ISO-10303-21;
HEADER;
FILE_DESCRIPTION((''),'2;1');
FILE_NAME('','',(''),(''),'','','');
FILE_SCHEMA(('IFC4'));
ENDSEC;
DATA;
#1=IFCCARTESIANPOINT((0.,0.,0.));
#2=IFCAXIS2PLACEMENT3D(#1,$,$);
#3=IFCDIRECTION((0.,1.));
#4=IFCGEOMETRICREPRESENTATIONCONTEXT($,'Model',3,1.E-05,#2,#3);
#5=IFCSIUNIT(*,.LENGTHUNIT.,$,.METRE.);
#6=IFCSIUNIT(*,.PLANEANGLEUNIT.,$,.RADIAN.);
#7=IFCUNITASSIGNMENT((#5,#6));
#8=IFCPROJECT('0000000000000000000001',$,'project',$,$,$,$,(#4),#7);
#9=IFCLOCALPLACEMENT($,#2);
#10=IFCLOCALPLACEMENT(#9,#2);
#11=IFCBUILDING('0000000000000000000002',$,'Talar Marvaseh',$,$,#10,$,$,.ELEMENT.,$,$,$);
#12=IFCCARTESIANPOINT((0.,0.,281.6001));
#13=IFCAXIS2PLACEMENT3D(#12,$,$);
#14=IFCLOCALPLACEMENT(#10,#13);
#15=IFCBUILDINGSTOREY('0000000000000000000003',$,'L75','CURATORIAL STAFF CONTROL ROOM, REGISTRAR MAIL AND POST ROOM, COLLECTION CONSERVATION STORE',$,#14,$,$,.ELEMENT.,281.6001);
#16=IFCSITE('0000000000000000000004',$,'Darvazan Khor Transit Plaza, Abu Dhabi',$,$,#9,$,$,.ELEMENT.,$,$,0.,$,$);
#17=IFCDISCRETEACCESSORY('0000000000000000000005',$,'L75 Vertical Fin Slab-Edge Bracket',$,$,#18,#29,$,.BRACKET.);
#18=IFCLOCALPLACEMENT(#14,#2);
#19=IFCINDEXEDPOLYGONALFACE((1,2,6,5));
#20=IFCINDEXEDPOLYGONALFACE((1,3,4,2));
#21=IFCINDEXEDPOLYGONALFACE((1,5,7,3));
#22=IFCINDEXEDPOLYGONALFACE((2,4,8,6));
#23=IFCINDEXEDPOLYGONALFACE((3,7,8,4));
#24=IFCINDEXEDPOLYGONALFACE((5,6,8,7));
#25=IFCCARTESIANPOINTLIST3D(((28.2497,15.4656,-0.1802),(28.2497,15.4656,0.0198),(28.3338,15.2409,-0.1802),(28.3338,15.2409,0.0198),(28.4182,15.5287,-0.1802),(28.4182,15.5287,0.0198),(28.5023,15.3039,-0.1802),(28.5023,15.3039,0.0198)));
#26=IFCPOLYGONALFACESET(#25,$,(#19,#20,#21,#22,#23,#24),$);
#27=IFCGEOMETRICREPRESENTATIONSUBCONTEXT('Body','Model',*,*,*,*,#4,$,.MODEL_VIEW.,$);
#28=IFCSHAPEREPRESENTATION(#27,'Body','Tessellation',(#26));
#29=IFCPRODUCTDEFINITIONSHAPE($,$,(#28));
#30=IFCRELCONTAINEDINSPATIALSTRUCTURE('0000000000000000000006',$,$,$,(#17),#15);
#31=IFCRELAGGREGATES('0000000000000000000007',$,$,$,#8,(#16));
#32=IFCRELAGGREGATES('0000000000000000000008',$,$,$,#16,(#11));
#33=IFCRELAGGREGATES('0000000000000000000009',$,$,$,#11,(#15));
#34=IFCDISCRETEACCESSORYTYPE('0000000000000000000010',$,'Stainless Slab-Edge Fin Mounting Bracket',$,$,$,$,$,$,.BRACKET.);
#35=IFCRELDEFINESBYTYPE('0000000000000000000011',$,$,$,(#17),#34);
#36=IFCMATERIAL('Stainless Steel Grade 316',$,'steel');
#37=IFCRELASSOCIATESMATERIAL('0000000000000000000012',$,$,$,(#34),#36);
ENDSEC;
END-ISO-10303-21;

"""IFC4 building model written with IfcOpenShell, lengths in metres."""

from ifc_helpers import new_model, si_unit, direction, frame, origin, origin_2d, place, context, subcontext, project, spatial, rectangle, extrude, source, transform, mapped, material, type_object, type_shapes, element, save


model = new_model("IFC4")

# Units and contexts
model_context = context("Model", 3, precision=1e-05, world=origin(), true_north=direction((0.0, 1.0)))
body_context = subcontext(model_context, "Body", "Model", "MODEL_VIEW")
ifc_project = project(units=[si_unit("LENGTHUNIT", "METRE"), si_unit("PLANEANGLEUNIT", "RADIAN")], contexts=[model_context])

# Site, building, storey
site_placement = place(None, origin())
site = spatial("IfcSite", under=ifc_project, at=site_placement, Name="Darvazan Khor Transit Plaza, Abu Dhabi", CompositionType="ELEMENT", RefElevation=0.0)
building_placement = place(site_placement, origin())
building = spatial("IfcBuilding", under=site, at=building_placement, Name="Talar Marvaseh", CompositionType="ELEMENT")
storey_placement = place(building_placement, frame((0.0, 0.0, 281.6001)))
storey = spatial("IfcBuildingStorey", under=building, at=storey_placement, Name="L75", Description="CURATORIAL STAFF CONTROL ROOM, REGISTRAR MAIL AND POST ROOM, COLLECTION CONSERVATION STORE", CompositionType="ELEMENT", Elevation=281.6001)

# Discrete accessory
ifc_material_1 = material(Name="Stainless Steel Grade 316", Category="steel")
discrete_accessory_type = type_object("IfcDiscreteAccessoryType", Name="Stainless Slab-Edge Fin Mounting Bracket", PredefinedType="BRACKET", material=ifc_material_1)
shared_shape_1 = source(origin(), body_context, "Body", "SweptSolid", [
    extrude(rectangle(XDim=0.24, YDim=0.1799, at=origin_2d()), origin(), (0.0, 0.0, 1.0), 0.2),
])
type_shapes(discrete_accessory_type, [shared_shape_1])
for number, where, z_axis, x_axis, name in (
    (1, (28.376, 15.3848, -0.1802), (0.0, 0.0, 1.0), (0.350371, -0.936611, 0.0), "L75 Vertical Fin Slab-Edge Bracket"),
):
    element("IfcDiscreteAccessory", number, at=place(storey_placement, frame(where, z_axis=z_axis, x_axis=x_axis)), inside=storey, type_object=discrete_accessory_type, Name=name, PredefinedType="BRACKET", context=body_context, shape_type="MappedRepresentation", body=[
        mapped(shared_shape_1, transform((0.0, 0.0, 0.0), x_axis=(1.0, 0.0, 0.0), y_axis=(0.0, 1.0, 0.0), z_axis=(0.0, 0.0, 1.0), scale=1.0)),
    ])

save(model, "model.ifc")
